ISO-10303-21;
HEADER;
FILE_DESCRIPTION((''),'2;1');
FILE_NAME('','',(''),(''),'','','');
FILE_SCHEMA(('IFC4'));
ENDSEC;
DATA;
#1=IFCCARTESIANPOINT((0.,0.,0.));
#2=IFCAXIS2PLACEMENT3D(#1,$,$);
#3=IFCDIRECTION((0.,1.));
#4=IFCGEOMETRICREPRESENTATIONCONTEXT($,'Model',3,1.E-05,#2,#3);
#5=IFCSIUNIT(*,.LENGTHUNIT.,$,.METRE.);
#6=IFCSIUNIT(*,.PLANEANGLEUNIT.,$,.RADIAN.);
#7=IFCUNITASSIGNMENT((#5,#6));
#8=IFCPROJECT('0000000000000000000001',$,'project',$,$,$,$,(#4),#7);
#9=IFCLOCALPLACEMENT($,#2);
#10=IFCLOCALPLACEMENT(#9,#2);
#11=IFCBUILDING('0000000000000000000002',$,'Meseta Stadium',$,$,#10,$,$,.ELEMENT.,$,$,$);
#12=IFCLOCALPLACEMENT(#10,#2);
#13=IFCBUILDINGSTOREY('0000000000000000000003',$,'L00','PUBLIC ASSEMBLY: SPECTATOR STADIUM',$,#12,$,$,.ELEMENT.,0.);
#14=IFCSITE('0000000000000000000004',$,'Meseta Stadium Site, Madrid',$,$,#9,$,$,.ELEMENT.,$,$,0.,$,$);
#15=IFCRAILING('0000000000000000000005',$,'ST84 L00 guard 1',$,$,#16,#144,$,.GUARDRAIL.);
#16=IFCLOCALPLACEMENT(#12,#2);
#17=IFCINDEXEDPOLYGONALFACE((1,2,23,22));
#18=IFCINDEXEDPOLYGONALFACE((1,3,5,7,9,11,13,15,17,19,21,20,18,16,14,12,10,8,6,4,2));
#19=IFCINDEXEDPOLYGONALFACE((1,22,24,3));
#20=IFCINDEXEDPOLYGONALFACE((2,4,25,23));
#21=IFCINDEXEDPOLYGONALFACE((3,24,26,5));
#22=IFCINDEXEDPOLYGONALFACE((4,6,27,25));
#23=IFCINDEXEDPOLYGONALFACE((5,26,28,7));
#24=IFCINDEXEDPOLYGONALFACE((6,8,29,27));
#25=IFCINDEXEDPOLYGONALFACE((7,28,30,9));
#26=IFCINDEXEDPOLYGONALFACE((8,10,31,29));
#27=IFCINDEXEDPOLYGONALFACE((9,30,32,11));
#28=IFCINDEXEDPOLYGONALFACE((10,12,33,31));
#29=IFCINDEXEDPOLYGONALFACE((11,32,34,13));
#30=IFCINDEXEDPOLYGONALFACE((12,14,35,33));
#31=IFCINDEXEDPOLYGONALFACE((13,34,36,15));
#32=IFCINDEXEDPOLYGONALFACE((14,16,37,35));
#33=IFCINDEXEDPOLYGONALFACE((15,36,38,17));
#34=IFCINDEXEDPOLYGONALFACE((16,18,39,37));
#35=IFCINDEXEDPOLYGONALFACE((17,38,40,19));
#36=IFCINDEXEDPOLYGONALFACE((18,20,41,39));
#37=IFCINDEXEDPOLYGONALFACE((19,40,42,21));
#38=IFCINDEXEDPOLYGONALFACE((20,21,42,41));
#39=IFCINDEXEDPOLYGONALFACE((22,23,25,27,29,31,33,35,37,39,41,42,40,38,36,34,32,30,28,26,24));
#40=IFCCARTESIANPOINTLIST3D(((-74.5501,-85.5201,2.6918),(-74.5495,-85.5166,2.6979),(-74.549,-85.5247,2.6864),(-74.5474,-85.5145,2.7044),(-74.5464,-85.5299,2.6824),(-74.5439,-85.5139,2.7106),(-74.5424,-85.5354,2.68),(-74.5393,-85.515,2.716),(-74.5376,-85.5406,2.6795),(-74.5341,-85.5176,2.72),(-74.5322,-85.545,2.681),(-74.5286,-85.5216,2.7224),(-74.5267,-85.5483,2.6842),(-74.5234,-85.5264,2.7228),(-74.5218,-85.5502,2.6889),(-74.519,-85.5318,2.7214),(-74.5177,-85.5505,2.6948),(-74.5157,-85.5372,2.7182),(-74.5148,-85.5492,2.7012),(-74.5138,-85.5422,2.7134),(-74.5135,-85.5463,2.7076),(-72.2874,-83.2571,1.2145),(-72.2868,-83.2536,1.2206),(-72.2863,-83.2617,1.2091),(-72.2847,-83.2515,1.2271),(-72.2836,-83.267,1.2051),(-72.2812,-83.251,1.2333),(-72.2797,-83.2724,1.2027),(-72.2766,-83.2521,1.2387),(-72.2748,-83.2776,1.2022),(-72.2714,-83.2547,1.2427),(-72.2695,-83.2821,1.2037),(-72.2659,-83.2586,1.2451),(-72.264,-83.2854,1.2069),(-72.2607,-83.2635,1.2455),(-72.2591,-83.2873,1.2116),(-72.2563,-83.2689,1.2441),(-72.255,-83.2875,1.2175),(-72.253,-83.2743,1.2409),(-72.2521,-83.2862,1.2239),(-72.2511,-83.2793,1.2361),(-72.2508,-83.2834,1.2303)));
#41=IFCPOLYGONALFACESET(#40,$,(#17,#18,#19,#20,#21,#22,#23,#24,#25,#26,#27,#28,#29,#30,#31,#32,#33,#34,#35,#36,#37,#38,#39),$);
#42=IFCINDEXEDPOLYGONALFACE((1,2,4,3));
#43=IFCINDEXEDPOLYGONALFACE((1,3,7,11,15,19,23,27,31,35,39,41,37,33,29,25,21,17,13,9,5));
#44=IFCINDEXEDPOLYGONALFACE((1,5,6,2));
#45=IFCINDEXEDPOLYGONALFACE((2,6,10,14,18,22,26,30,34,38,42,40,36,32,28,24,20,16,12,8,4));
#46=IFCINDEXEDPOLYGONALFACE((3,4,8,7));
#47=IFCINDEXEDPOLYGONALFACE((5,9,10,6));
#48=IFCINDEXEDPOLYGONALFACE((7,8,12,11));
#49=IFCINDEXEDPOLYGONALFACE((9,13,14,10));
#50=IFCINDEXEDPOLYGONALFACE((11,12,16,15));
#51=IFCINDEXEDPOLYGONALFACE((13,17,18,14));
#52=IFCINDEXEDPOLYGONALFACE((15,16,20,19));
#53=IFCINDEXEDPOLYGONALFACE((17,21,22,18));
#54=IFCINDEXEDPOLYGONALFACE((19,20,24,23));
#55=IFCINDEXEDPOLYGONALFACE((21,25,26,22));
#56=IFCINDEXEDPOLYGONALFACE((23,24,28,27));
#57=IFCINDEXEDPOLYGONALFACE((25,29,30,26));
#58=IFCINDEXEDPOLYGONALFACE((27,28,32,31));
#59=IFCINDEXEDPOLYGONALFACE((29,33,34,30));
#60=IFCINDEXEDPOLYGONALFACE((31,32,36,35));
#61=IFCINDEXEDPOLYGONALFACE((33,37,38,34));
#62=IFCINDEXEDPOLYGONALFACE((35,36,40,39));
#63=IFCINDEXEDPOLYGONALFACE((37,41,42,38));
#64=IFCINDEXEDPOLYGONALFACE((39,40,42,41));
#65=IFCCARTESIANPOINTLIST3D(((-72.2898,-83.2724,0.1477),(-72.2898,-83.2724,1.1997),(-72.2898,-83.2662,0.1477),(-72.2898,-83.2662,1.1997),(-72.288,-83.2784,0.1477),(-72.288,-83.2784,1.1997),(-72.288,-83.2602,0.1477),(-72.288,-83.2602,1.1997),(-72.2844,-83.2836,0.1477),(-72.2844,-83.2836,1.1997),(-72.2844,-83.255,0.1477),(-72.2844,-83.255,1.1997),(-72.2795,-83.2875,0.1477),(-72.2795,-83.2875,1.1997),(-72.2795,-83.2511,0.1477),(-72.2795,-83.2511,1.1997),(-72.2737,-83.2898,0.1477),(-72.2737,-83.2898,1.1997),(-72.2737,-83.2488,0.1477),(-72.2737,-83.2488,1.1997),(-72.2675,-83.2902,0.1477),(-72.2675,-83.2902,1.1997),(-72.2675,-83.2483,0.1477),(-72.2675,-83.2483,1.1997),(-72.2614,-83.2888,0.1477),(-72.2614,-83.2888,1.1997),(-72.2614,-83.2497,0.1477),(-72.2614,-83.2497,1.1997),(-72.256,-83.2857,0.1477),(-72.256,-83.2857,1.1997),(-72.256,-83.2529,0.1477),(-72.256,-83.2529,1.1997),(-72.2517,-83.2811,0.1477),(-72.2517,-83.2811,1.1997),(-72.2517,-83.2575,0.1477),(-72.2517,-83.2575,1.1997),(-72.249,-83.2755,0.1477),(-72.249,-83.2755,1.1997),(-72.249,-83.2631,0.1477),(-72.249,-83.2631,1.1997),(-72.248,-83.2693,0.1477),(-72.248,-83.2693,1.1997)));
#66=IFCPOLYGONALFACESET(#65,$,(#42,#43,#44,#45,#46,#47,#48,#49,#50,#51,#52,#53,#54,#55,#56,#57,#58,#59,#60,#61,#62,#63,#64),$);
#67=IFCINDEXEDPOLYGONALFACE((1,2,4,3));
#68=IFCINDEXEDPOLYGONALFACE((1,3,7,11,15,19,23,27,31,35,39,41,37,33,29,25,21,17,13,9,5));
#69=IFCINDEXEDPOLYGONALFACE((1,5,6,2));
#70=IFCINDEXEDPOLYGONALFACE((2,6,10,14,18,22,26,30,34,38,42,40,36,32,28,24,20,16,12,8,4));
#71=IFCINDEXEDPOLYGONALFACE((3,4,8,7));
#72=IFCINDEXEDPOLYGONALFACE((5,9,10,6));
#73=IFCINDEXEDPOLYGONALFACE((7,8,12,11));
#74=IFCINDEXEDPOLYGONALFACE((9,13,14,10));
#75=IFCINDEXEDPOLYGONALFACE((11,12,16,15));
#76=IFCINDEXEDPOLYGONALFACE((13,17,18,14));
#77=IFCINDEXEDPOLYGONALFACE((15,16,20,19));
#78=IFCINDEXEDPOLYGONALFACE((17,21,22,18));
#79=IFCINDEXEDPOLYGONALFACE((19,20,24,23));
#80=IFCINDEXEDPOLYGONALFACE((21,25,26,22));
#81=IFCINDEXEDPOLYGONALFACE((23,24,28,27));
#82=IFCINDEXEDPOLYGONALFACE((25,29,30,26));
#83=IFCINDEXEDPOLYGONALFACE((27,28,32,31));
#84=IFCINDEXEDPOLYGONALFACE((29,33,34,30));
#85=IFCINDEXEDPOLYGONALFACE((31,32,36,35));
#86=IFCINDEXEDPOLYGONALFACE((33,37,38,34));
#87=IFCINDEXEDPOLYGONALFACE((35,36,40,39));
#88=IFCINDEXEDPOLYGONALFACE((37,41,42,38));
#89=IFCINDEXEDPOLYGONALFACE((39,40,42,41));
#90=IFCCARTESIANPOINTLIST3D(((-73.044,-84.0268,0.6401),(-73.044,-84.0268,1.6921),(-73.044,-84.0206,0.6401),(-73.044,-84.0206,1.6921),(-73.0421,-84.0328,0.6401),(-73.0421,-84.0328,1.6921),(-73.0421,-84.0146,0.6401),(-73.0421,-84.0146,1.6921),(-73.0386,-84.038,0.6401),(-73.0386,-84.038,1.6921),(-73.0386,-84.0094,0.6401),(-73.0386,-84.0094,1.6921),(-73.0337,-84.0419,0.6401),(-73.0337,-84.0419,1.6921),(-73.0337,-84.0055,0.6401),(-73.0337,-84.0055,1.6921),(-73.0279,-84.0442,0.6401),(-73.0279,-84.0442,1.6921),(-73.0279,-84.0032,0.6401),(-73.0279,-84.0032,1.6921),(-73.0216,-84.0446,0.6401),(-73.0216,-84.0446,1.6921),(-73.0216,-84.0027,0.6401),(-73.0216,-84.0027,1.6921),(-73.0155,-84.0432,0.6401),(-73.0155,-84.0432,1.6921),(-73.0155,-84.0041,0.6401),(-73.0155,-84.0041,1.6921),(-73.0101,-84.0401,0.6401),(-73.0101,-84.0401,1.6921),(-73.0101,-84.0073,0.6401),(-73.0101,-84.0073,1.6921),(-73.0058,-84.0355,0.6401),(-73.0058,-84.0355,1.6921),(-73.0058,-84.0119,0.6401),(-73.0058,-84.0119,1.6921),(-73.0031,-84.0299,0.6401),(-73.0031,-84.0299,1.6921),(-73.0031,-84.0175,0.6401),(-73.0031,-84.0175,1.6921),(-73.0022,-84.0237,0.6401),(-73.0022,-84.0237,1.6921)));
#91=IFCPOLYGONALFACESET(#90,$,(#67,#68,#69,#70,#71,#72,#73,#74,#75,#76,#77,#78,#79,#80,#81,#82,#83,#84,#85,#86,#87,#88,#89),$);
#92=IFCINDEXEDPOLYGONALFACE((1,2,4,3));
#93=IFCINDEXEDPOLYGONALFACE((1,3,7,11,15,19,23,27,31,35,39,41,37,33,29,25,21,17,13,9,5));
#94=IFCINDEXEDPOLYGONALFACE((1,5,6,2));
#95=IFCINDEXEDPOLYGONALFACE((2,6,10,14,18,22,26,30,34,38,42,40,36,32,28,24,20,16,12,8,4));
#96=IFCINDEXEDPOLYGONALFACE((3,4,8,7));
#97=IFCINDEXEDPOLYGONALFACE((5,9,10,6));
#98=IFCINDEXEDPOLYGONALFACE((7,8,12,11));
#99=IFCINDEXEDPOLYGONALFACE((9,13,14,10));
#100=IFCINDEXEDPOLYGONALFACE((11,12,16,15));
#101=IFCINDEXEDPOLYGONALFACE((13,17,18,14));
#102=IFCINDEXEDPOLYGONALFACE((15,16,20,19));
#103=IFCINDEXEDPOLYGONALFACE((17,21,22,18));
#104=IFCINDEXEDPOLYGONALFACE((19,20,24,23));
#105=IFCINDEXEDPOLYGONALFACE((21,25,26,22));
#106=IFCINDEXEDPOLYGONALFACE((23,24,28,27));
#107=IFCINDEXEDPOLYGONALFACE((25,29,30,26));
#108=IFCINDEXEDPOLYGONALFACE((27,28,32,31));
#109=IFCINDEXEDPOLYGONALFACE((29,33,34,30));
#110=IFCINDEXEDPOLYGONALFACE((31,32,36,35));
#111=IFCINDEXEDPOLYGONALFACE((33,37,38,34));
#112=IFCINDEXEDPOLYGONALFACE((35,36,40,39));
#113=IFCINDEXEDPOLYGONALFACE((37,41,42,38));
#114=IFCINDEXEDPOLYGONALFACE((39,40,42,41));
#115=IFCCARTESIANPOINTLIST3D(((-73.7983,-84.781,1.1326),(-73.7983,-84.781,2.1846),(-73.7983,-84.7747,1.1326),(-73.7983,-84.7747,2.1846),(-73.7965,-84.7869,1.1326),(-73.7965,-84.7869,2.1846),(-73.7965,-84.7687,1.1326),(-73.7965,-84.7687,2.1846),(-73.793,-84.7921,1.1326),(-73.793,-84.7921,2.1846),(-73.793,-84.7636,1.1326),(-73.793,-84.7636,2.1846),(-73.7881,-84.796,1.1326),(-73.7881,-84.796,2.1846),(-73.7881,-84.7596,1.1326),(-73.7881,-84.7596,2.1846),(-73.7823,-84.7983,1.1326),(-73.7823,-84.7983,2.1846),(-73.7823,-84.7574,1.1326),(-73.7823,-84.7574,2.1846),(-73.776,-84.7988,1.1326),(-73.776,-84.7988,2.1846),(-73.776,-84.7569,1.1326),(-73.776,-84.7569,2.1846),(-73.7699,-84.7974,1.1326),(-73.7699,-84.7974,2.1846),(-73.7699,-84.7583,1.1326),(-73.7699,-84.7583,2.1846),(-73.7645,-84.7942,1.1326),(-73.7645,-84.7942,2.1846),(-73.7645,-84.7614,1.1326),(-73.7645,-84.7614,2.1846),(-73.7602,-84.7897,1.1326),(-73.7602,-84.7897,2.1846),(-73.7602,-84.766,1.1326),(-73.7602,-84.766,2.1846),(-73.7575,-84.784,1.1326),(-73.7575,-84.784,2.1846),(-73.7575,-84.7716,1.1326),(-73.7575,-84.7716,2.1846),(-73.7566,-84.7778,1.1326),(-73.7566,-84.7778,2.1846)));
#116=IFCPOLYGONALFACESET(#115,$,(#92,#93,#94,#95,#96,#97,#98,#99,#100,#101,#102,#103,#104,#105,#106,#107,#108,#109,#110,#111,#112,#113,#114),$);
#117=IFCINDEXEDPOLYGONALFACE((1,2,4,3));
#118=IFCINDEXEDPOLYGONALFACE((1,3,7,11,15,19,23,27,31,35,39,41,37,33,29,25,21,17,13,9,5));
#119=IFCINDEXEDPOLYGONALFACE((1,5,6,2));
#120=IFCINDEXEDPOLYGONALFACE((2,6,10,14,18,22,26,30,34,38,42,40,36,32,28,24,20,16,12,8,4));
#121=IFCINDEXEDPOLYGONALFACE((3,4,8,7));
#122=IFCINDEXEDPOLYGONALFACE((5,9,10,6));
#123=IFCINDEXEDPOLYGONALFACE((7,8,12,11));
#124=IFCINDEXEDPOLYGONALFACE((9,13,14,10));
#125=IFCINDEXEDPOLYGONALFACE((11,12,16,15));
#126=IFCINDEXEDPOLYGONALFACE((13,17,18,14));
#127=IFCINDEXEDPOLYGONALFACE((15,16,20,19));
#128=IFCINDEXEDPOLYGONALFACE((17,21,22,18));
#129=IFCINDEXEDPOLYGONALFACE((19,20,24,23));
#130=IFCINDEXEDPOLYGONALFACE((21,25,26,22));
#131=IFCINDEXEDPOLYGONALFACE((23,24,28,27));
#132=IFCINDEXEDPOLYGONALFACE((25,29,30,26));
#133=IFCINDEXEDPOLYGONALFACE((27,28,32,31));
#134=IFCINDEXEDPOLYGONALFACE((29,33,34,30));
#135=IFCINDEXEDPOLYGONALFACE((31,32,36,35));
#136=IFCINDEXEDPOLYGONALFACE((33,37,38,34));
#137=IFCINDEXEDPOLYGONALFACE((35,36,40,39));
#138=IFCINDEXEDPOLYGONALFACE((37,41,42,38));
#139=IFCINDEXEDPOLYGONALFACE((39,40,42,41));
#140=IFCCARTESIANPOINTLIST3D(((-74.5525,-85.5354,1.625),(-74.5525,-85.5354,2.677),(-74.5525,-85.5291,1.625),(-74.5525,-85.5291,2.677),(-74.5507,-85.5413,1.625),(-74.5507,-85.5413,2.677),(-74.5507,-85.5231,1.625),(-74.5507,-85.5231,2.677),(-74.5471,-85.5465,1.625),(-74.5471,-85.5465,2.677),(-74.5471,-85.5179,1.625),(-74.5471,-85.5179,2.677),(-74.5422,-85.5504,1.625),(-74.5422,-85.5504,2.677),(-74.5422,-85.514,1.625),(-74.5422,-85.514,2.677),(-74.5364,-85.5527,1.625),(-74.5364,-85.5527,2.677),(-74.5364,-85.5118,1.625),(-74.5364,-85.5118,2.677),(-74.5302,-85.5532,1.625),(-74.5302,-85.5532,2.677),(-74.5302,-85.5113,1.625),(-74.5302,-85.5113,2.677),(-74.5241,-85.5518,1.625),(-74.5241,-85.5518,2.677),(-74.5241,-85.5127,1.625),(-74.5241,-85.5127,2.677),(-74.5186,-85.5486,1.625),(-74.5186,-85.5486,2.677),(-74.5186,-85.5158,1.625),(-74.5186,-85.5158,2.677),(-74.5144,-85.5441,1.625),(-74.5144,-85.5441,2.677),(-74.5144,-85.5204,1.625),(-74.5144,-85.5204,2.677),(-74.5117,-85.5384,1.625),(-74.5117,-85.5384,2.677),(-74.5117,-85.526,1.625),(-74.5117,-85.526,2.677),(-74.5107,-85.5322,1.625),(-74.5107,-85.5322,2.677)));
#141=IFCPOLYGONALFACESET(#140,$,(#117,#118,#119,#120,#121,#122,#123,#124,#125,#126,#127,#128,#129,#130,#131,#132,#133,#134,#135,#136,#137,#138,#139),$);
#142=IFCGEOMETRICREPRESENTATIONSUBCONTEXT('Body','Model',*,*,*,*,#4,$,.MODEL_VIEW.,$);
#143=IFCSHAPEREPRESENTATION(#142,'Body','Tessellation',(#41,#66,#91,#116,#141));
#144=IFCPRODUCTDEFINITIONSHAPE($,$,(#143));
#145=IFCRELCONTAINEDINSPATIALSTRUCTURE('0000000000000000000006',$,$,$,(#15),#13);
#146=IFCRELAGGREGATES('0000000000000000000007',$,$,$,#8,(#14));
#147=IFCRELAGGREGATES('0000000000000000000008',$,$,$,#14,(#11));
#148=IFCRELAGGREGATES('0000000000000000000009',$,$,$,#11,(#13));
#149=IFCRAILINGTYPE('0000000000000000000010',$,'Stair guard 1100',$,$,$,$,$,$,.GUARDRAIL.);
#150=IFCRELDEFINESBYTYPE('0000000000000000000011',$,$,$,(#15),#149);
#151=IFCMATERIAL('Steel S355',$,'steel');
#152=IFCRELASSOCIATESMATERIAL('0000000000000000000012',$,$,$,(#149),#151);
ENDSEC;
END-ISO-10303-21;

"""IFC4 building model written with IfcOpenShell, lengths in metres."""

from ifc_helpers import new_model, si_unit, direction, frame, origin, origin_2d, place, context, subcontext, project, spatial, circle, extrude, material, type_object, element, save


model = new_model("IFC4")

# Units and contexts
model_context = context("Model", 3, precision=1e-05, world=origin(), true_north=direction((0.0, 1.0)))
body_context = subcontext(model_context, "Body", "Model", "MODEL_VIEW")
ifc_project = project(units=[si_unit("LENGTHUNIT", "METRE"), si_unit("PLANEANGLEUNIT", "RADIAN")], contexts=[model_context])

# Site, building, storey
site_placement = place(None, origin())
site = spatial("IfcSite", under=ifc_project, at=site_placement, Name="Meseta Stadium Site, Madrid", CompositionType="ELEMENT", RefElevation=0.0)
building_placement = place(site_placement, origin())
building = spatial("IfcBuilding", under=site, at=building_placement, Name="Meseta Stadium", CompositionType="ELEMENT")
storey_placement = place(building_placement, origin())
storey = spatial("IfcBuildingStorey", under=building, at=storey_placement, Name="L00", Description="PUBLIC ASSEMBLY: SPECTATOR STADIUM", CompositionType="ELEMENT", Elevation=0.0)

# Railing
ifc_material_1 = material(Name="Steel S355", Category="steel")
railing_type_1 = type_object("IfcRailingType", Name="Stair guard 1100", PredefinedType="GUARDRAIL", material=ifc_material_1)
railing_1_placement = place(storey_placement, frame((-72.269, -83.2693, 0.1477)))
element("IfcRailing", 1, at=railing_1_placement, inside=storey, type_object=railing_type_1, Name="ST84 L00 guard 1", PredefinedType="GUARDRAIL", context=body_context, shape_type="SweptSolid", body=[
    extrude(circle(Radius=0.0239, at=origin_2d()), frame((0.0, 0.0, 1.0762), z_axis=(-0.641965, -0.642034, 0.419134), x_axis=(0.707145, -0.707069, 0.0)), (0.0, 0.0, 1.0), 3.5247),
    extrude(circle(Radius=0.021, at=origin_2d()), origin(), (0.0, 0.0, 1.0), 1.052),
    extrude(circle(Radius=0.021, at=origin_2d()), frame((-0.7542, -0.7544, 0.4924)), (0.0, 0.0, 1.0), 1.052),
    extrude(circle(Radius=0.021, at=origin_2d()), frame((-1.5085, -1.5085, 0.9849)), (0.0, 0.0, 1.0), 1.052),
    extrude(circle(Radius=0.021, at=origin_2d()), frame((-2.2627, -2.2629, 1.4773)), (0.0, 0.0, 1.0), 1.052),
])

save(model, "model.ifc")
